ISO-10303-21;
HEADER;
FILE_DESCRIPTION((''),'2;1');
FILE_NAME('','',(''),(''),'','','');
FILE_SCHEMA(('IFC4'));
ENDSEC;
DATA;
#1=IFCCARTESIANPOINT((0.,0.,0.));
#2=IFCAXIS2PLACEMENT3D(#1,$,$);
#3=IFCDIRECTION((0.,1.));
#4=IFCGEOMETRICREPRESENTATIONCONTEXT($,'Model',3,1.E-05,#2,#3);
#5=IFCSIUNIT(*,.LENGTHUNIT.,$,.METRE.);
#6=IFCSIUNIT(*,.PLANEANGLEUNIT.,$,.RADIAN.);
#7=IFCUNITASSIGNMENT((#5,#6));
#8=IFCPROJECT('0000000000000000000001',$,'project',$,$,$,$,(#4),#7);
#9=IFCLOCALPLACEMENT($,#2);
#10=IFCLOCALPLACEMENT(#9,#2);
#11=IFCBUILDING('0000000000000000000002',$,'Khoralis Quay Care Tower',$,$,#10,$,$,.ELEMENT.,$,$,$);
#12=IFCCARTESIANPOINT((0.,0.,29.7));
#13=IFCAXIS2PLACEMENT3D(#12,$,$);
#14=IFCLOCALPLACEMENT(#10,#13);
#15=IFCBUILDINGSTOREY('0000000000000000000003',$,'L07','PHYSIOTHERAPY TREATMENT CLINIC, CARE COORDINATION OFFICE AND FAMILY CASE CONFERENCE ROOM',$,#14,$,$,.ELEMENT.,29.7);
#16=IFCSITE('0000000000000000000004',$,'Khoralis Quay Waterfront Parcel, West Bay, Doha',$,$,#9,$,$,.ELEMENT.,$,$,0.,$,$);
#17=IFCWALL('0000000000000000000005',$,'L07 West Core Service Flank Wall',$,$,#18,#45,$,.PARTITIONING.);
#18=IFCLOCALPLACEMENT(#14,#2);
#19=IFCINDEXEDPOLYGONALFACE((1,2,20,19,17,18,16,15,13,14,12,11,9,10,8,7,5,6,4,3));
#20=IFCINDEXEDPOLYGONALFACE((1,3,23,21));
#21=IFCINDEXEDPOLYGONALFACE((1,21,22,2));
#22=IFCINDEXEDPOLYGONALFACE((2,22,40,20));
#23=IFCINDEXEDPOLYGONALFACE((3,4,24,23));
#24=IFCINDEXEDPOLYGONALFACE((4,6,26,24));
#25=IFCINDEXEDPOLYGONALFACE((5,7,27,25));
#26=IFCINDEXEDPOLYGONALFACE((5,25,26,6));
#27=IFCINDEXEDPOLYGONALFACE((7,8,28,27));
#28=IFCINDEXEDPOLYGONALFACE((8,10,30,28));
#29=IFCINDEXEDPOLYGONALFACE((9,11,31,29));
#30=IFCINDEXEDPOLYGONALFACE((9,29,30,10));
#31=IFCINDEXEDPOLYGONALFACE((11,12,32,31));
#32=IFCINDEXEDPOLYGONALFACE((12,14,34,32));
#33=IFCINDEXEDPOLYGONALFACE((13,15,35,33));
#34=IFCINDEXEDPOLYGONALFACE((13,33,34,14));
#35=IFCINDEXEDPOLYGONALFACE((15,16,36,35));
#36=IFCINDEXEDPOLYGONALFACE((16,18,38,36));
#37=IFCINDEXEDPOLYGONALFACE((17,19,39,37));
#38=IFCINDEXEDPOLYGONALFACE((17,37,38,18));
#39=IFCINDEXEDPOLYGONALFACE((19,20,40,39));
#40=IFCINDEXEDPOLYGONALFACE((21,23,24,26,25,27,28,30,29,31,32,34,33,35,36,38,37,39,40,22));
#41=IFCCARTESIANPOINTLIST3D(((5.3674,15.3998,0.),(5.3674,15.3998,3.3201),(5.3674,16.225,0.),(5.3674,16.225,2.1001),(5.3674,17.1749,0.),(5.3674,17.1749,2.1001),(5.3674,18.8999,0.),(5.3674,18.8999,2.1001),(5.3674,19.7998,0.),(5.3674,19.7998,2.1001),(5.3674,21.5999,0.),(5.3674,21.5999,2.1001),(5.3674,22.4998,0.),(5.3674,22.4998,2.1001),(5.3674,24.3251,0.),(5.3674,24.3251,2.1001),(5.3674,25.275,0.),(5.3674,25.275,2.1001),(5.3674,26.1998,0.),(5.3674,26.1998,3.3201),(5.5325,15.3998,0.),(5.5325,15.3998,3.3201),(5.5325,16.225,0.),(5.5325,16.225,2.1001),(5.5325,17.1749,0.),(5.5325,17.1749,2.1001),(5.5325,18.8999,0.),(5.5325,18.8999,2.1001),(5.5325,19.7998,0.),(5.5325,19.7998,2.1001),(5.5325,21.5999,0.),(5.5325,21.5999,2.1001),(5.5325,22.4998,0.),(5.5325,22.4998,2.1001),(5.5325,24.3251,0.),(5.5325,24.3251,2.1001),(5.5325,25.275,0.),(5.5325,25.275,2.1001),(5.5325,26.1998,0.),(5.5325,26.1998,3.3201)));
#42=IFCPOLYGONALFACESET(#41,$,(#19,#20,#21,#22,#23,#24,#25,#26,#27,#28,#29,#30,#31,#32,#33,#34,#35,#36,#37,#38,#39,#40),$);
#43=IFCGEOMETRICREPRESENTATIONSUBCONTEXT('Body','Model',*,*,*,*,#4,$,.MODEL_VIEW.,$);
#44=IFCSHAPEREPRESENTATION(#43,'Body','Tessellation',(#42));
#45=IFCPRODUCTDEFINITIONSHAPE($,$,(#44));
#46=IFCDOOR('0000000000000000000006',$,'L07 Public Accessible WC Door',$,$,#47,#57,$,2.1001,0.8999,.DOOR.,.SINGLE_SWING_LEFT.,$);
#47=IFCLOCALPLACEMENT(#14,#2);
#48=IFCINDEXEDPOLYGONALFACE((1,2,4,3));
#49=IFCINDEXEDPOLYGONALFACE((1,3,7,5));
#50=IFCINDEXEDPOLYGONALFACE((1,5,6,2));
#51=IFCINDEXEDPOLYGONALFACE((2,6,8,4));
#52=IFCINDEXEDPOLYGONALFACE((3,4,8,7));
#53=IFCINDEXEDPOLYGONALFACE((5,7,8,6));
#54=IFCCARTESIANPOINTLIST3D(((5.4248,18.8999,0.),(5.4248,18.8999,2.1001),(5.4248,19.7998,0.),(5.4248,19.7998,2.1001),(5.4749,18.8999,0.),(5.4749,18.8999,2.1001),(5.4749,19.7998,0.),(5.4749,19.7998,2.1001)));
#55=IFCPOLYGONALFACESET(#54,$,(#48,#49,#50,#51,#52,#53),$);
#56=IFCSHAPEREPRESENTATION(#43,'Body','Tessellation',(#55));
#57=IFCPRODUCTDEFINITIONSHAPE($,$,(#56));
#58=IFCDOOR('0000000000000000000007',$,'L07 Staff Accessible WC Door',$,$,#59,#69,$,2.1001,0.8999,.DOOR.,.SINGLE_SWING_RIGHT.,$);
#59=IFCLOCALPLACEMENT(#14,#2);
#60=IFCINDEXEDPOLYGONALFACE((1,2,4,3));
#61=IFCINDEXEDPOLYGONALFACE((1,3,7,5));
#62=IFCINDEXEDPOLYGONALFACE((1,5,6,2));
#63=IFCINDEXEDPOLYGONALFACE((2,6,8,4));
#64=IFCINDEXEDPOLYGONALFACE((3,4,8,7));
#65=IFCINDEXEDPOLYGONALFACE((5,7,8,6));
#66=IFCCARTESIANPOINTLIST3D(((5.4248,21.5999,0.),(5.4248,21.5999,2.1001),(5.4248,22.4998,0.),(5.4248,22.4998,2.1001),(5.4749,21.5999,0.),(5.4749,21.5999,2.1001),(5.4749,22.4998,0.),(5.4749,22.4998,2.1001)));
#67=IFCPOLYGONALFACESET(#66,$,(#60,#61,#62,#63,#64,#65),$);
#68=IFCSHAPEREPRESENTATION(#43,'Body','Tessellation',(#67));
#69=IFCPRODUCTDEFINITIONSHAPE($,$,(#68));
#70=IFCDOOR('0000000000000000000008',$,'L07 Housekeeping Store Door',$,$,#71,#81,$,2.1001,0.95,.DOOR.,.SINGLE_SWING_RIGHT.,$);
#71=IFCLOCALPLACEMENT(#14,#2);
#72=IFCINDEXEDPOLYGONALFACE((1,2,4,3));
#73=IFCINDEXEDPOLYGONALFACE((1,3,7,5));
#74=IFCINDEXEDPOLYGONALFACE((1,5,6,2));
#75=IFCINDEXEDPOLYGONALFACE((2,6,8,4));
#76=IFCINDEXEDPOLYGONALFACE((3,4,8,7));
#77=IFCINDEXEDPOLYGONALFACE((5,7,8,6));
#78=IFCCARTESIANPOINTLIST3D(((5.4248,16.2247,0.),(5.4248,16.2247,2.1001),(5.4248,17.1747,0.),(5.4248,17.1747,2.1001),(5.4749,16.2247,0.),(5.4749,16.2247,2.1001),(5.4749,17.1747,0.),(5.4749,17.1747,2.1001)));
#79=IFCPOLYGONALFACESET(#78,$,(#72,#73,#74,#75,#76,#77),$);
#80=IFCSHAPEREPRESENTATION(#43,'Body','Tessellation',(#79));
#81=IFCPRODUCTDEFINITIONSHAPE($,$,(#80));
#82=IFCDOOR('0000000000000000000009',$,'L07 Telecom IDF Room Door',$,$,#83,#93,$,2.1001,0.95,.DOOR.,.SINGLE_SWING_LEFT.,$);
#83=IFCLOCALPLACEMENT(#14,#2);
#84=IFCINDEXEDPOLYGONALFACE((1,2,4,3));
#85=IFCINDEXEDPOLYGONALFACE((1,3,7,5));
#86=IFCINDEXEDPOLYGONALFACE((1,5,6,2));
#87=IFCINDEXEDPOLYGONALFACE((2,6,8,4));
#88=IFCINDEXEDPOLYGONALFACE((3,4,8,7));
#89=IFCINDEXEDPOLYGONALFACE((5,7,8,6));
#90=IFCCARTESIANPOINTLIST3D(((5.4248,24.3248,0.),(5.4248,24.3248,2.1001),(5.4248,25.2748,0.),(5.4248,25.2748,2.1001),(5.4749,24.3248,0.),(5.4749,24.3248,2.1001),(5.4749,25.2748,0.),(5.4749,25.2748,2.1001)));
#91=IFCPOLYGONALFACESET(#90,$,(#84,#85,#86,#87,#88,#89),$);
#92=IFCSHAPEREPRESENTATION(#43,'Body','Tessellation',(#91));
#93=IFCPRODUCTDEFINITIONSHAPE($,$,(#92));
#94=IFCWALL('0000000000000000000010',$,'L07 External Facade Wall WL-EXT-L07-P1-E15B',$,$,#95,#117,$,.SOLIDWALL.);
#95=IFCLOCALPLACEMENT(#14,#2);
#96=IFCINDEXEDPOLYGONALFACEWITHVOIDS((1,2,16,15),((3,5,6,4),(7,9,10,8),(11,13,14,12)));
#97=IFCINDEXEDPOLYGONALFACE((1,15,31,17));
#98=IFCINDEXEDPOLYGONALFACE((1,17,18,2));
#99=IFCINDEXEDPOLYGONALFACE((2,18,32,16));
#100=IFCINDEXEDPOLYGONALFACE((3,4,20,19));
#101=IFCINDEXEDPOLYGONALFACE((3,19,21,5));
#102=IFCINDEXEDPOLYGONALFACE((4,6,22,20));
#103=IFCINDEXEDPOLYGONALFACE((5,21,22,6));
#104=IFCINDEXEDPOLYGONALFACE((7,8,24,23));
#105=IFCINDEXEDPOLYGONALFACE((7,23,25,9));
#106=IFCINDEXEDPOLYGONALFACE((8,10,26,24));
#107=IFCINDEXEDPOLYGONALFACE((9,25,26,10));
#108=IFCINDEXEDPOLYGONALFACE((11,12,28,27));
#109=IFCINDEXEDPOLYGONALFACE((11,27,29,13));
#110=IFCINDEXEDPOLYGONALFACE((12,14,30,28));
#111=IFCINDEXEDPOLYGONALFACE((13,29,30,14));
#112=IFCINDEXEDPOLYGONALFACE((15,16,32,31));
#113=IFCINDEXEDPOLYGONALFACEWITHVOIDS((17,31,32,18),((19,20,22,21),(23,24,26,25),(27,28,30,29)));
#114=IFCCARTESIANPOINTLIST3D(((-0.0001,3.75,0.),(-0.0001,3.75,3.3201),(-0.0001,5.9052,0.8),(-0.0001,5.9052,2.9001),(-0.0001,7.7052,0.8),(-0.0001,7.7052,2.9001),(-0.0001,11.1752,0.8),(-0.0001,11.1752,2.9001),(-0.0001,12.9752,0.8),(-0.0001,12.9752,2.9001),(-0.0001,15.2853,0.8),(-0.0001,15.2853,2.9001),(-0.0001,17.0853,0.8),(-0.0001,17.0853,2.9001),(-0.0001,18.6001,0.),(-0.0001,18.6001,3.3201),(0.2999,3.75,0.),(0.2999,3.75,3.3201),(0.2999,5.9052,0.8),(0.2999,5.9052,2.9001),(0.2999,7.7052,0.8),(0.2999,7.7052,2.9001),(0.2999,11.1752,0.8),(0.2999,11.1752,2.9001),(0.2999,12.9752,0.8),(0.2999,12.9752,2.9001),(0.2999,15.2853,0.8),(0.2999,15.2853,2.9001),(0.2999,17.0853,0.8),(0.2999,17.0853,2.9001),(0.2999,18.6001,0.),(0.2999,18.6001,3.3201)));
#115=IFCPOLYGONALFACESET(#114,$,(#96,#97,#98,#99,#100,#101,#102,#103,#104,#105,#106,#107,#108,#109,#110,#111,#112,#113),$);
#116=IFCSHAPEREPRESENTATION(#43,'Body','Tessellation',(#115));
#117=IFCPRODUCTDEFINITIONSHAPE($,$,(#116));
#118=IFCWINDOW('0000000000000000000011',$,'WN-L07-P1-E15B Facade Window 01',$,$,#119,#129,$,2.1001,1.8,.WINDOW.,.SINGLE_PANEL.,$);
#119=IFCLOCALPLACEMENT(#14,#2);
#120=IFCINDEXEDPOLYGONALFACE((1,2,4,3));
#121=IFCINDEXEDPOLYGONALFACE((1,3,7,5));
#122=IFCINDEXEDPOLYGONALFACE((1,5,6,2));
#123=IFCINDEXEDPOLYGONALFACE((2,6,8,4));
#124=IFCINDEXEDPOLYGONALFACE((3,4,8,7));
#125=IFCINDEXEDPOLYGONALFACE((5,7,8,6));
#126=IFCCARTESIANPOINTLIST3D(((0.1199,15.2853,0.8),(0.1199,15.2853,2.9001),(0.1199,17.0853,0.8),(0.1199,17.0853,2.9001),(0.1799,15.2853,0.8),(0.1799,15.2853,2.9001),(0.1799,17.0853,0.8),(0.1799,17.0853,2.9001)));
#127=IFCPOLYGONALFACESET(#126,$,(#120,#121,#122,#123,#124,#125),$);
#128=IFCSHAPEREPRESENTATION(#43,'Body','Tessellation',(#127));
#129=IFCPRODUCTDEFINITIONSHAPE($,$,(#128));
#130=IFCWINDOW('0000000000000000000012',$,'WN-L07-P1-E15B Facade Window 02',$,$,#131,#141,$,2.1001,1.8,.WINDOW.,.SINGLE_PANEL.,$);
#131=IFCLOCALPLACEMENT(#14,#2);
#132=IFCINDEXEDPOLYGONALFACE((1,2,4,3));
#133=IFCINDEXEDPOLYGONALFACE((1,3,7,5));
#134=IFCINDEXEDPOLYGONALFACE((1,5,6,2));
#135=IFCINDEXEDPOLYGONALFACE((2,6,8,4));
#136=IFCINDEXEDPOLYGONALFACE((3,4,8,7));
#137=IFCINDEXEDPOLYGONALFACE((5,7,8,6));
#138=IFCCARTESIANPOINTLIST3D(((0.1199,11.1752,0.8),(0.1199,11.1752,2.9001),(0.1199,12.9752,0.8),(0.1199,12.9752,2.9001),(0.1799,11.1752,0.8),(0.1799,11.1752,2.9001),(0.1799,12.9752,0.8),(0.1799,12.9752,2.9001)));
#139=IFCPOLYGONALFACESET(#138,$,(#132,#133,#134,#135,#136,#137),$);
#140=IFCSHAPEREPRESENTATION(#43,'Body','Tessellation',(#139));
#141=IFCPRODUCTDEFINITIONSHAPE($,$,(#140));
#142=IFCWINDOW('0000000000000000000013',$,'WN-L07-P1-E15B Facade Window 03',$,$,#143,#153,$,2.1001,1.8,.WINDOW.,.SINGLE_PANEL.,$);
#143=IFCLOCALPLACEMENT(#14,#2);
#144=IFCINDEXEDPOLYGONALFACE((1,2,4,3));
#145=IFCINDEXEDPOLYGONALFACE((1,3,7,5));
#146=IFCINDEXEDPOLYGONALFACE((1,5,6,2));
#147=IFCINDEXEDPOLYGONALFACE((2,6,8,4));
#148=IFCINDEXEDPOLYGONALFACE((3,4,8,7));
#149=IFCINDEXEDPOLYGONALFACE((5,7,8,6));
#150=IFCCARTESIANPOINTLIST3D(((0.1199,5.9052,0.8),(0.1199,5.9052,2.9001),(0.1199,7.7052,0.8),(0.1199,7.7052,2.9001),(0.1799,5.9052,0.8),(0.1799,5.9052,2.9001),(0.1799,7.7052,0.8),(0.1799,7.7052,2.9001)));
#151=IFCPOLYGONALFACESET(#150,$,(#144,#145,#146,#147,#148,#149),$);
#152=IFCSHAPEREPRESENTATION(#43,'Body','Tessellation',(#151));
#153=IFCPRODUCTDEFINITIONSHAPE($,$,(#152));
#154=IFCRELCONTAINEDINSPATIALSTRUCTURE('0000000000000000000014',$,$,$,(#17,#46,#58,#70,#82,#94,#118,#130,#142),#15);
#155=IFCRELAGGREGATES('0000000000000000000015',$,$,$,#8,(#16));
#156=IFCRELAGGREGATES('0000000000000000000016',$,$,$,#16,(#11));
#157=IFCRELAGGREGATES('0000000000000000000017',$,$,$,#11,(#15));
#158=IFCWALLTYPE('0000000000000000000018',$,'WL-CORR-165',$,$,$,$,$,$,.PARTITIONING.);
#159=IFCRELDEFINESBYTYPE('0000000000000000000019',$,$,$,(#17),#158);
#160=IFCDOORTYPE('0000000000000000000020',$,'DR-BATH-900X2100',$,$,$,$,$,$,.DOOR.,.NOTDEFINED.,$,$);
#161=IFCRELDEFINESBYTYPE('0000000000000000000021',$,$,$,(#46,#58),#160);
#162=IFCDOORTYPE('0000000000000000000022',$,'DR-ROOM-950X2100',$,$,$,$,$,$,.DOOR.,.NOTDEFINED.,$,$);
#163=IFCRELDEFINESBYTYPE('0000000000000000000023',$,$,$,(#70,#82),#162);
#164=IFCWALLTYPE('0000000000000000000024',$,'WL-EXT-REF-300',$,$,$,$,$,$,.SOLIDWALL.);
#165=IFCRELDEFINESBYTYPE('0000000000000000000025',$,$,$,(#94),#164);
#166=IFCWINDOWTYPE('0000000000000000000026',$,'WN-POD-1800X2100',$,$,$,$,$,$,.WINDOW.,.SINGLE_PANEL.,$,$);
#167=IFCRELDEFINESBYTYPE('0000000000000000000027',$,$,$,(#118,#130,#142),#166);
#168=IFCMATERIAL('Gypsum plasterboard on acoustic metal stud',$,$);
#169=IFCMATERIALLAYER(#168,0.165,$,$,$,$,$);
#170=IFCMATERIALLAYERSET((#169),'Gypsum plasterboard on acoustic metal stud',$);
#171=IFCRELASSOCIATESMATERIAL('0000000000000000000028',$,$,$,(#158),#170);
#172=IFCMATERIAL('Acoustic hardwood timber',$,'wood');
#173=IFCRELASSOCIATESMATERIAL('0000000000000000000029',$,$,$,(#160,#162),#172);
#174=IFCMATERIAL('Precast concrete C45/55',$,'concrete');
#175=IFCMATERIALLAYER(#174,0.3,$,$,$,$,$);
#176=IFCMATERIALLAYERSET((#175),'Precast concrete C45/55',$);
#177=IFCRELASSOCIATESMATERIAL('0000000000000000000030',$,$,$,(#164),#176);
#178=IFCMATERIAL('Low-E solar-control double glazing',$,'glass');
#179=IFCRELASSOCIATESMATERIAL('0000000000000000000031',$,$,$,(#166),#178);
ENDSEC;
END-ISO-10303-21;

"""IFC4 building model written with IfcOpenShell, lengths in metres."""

from ifc_helpers import new_model, si_unit, direction, frame, frame_2d, origin, place, context, subcontext, project, spatial, rectangle, extrude, source, transform, mapped, material, layer, layer_set, type_object, element, fill, save


model = new_model("IFC4")

# Units and contexts
model_context = context("Model", 3, precision=1e-05, world=origin(), true_north=direction((0.0, 1.0)))
body_context = subcontext(model_context, "Body", "Model", "MODEL_VIEW")
ifc_project = project(units=[si_unit("LENGTHUNIT", "METRE"), si_unit("PLANEANGLEUNIT", "RADIAN")], contexts=[model_context])

# Site, building, storey
site_placement = place(None, origin())
site = spatial("IfcSite", under=ifc_project, at=site_placement, Name="Khoralis Quay Waterfront Parcel, West Bay, Doha", CompositionType="ELEMENT", RefElevation=0.0)
building_placement = place(site_placement, origin())
building = spatial("IfcBuilding", under=site, at=building_placement, Name="Khoralis Quay Care Tower", CompositionType="ELEMENT")
storey_placement = place(building_placement, frame((0.0, 0.0, 29.7)))
storey = spatial("IfcBuildingStorey", under=building, at=storey_placement, Name="L07", Description="PHYSIOTHERAPY TREATMENT CLINIC, CARE COORDINATION OFFICE AND FAMILY CASE CONFERENCE ROOM", CompositionType="ELEMENT", Elevation=29.7)

# Shared definitions
ifc_material_1 = material(Name="Low-E solar-control double glazing", Category="glass")

# Wall, openings, doors
ifc_material_2 = material(Name="Gypsum plasterboard on acoustic metal stud")
ifc_layer_1 = layer(ifc_material_2, 0.165)
ifc_layer_set_1 = layer_set([ifc_layer_1], Name="Gypsum plasterboard on acoustic metal stud")
wall_type_1 = type_object("IfcWallType", Name="WL-CORR-165", PredefinedType="PARTITIONING", material=ifc_layer_set_1)
wall_1_placement = place(storey_placement, frame((5.45, 15.3999, 0.0), z_axis=(0.0, 0.0, 1.0), x_axis=(0.0, 1.0, 0.0)))
wall_1 = element("IfcWall", 1, at=wall_1_placement, inside=storey, type_object=wall_type_1, Name="L07 West Core Service Flank Wall", PredefinedType="PARTITIONING", context=body_context, shape_type="SweptSolid", body=[
    extrude(rectangle(XDim=10.8, YDim=0.165, at=frame_2d((5.3999, 0.0))), origin(), (0.0, 0.0, 1.0), 3.3201),
])
opening_1_placement = place(wall_1_placement, frame((0.825, 0.0, 0.0)))
opening_1 = element("IfcOpeningElement", 2, at=opening_1_placement, cuts=wall_1, PredefinedType="OPENING", context=body_context, shape_type="SweptSolid", body=[
    extrude(rectangle(XDim=0.95, YDim=2.1001, at=frame_2d((0.4751, 1.05))), frame((0.0, 0.0925, 0.0), z_axis=(0.0, -1.0, 0.0), x_axis=(1.0, 0.0, 0.0)), (0.0, 0.0, 1.0), 0.1851),
])
opening_2_placement = place(wall_1_placement, frame((3.5, 0.0, 0.0)))
opening_2 = element("IfcOpeningElement", 3, at=opening_2_placement, cuts=wall_1, PredefinedType="OPENING", context=body_context, shape_type="SweptSolid", body=[
    extrude(rectangle(XDim=0.8999, YDim=2.1001, at=frame_2d((0.45, 1.05))), frame((0.0, 0.0925, 0.0), z_axis=(0.0, -1.0, 0.0), x_axis=(1.0, 0.0, 0.0)), (0.0, 0.0, 1.0), 0.1851),
])
opening_3_placement = place(wall_1_placement, frame((6.2, 0.0, 0.0)))
opening_3 = element("IfcOpeningElement", 4, at=opening_3_placement, cuts=wall_1, PredefinedType="OPENING", context=body_context, shape_type="SweptSolid", body=[
    extrude(rectangle(XDim=0.8999, YDim=2.1001, at=frame_2d((0.45, 1.05))), frame((0.0, 0.0925, 0.0), z_axis=(0.0, -1.0, 0.0), x_axis=(1.0, 0.0, 0.0)), (0.0, 0.0, 1.0), 0.1851),
])
opening_4_placement = place(wall_1_placement, frame((8.925, 0.0, 0.0)))
opening_4 = element("IfcOpeningElement", 5, at=opening_4_placement, cuts=wall_1, PredefinedType="OPENING", context=body_context, shape_type="SweptSolid", body=[
    extrude(rectangle(XDim=0.95, YDim=2.1001, at=frame_2d((0.4751, 1.05))), frame((0.0, 0.0925, 0.0), z_axis=(0.0, -1.0, 0.0), x_axis=(1.0, 0.0, 0.0)), (0.0, 0.0, 1.0), 0.1851),
])
ifc_material_3 = material(Name="Acoustic hardwood timber", Category="wood")
door_type_1 = type_object("IfcDoorType", Name="DR-BATH-900X2100", OperationType="NOTDEFINED", PredefinedType="DOOR", material=ifc_material_3)
shared_shape_1 = source(origin(), body_context, "Body", "SweptSolid", [
    extrude(rectangle(XDim=0.8999, YDim=2.1001, at=frame_2d((0.45, 1.05))), frame((0.0, 0.0249, 0.0), z_axis=(0.0, -1.0, 0.0), x_axis=(1.0, 0.0, 0.0)), (0.0, 0.0, 1.0), 0.05),
])
door_1_placement = place(opening_2_placement, frame((0.8999, 0.0, 0.0), z_axis=(0.0, 0.0, 1.0), x_axis=(-1.0, 0.0, 0.0)))
door_1 = element("IfcDoor", 6, at=door_1_placement, inside=storey, type_object=door_type_1, Name="L07 Public Accessible WC Door", OperationType="SINGLE_SWING_LEFT", OverallHeight=2.1001, OverallWidth=0.8999, PredefinedType="DOOR", context=body_context, shape_type="MappedRepresentation", body=[
    mapped(shared_shape_1, transform((0.0, 0.0, 0.0), scale=1.0)),
])
fill(opening_2, door_1)
door_2_placement = place(opening_3_placement, frame((0.8999, 0.0, 0.0), z_axis=(0.0, 0.0, 1.0), x_axis=(-1.0, 0.0, 0.0)))
door_2 = element("IfcDoor", 7, at=door_2_placement, inside=storey, type_object=door_type_1, Name="L07 Staff Accessible WC Door", OperationType="SINGLE_SWING_RIGHT", OverallHeight=2.1001, OverallWidth=0.8999, PredefinedType="DOOR", context=body_context, shape_type="MappedRepresentation", body=[
    mapped(shared_shape_1, transform((0.0, 0.0, 0.0), scale=1.0)),
])
fill(opening_3, door_2)
door_type_2 = type_object("IfcDoorType", Name="DR-ROOM-950X2100", OperationType="NOTDEFINED", PredefinedType="DOOR", material=ifc_material_3)
shared_shape_2 = source(origin(), body_context, "Body", "SweptSolid", [
    extrude(rectangle(XDim=0.95, YDim=2.1001, at=frame_2d((0.4751, 1.05))), frame((0.0, 0.0249, 0.0), z_axis=(0.0, -1.0, 0.0), x_axis=(1.0, 0.0, 0.0)), (0.0, 0.0, 1.0), 0.05),
])
door_3_placement = place(opening_1_placement, frame((0.95, 0.0, 0.0), z_axis=(0.0, 0.0, 1.0), x_axis=(-1.0, 0.0, 0.0)))
door_3 = element("IfcDoor", 8, at=door_3_placement, inside=storey, type_object=door_type_2, Name="L07 Housekeeping Store Door", OperationType="SINGLE_SWING_RIGHT", OverallHeight=2.1001, OverallWidth=0.95, PredefinedType="DOOR", context=body_context, shape_type="MappedRepresentation", body=[
    mapped(shared_shape_2, transform((0.0, 0.0, 0.0), scale=1.0)),
])
fill(opening_1, door_3)
door_4_placement = place(opening_4_placement, frame((0.95, 0.0, 0.0), z_axis=(0.0, 0.0, 1.0), x_axis=(-1.0, 0.0, 0.0)))
door_4 = element("IfcDoor", 9, at=door_4_placement, inside=storey, type_object=door_type_2, Name="L07 Telecom IDF Room Door", OperationType="SINGLE_SWING_LEFT", OverallHeight=2.1001, OverallWidth=0.95, PredefinedType="DOOR", context=body_context, shape_type="MappedRepresentation", body=[
    mapped(shared_shape_2, transform((0.0, 0.0, 0.0), scale=1.0)),
])
fill(opening_4, door_4)

# Wall, openings, windows
ifc_material_4 = material(Name="Precast concrete C45/55", Category="concrete")
ifc_layer_2 = layer(ifc_material_4, 0.3)
ifc_layer_set_2 = layer_set([ifc_layer_2], Name="Precast concrete C45/55")
wall_type_2 = type_object("IfcWallType", Name="WL-EXT-REF-300", PredefinedType="SOLIDWALL", material=ifc_layer_set_2)
wall_2_placement = place(storey_placement, frame((0.1499, 18.6001, 0.0), z_axis=(0.0, 0.0, 1.0), x_axis=(0.0, -1.0, 0.0)))
wall_2 = element("IfcWall", 10, at=wall_2_placement, inside=storey, type_object=wall_type_2, Name="L07 External Facade Wall WL-EXT-L07-P1-E15B", PredefinedType="SOLIDWALL", context=body_context, shape_type="SweptSolid", body=[
    extrude(rectangle(XDim=14.8501, YDim=0.3, at=frame_2d((7.425, 0.0))), origin(), (0.0, 0.0, 1.0), 3.3201),
])
opening_5_placement = place(wall_2_placement, frame((1.5149, 0.0, 0.8)))
opening_5 = element("IfcOpeningElement", 11, at=opening_5_placement, cuts=wall_2, PredefinedType="OPENING", context=body_context, shape_type="SweptSolid", body=[
    extrude(rectangle(XDim=1.8, YDim=2.1001, at=frame_2d((0.8999, 1.05))), frame((0.0, 0.1602, 0.0), z_axis=(0.0, -1.0, 0.0), x_axis=(1.0, 0.0, 0.0)), (0.0, 0.0, 1.0), 0.3201),
])
opening_6_placement = place(wall_2_placement, frame((5.625, 0.0, 0.8)))
opening_6 = element("IfcOpeningElement", 12, at=opening_6_placement, cuts=wall_2, PredefinedType="OPENING", context=body_context, shape_type="SweptSolid", body=[
    extrude(rectangle(XDim=1.8, YDim=2.1001, at=frame_2d((0.8999, 1.05))), frame((0.0, 0.1602, 0.0), z_axis=(0.0, -1.0, 0.0), x_axis=(1.0, 0.0, 0.0)), (0.0, 0.0, 1.0), 0.3201),
])
opening_7_placement = place(wall_2_placement, frame((10.895, 0.0, 0.8)))
opening_7 = element("IfcOpeningElement", 13, at=opening_7_placement, cuts=wall_2, PredefinedType="OPENING", context=body_context, shape_type="SweptSolid", body=[
    extrude(rectangle(XDim=1.8, YDim=2.1001, at=frame_2d((0.8999, 1.05))), frame((0.0, 0.1602, 0.0), z_axis=(0.0, -1.0, 0.0), x_axis=(1.0, 0.0, 0.0)), (0.0, 0.0, 1.0), 0.3201),
])
window_type = type_object("IfcWindowType", Name="WN-POD-1800X2100", PartitioningType="SINGLE_PANEL", PredefinedType="WINDOW", material=ifc_material_1)
shared_shape_3 = source(origin(), body_context, "Body", "SweptSolid", [
    extrude(rectangle(XDim=1.8, YDim=2.1001, at=frame_2d((0.8999, 1.05))), frame((0.0, 0.03, 0.0), z_axis=(0.0, -1.0, 0.0), x_axis=(1.0, 0.0, 0.0)), (0.0, 0.0, 1.0), 0.0601),
])
window_1_placement = place(opening_5_placement, origin())
window_1 = element("IfcWindow", 14, at=window_1_placement, inside=storey, type_object=window_type, Name="WN-L07-P1-E15B Facade Window 01", OverallHeight=2.1001, OverallWidth=1.8, PartitioningType="SINGLE_PANEL", PredefinedType="WINDOW", context=body_context, shape_type="MappedRepresentation", body=[
    mapped(shared_shape_3, transform((0.0, 0.0, 0.0), scale=1.0)),
])
fill(opening_5, window_1)
window_2_placement = place(opening_6_placement, origin())
window_2 = element("IfcWindow", 15, at=window_2_placement, inside=storey, type_object=window_type, Name="WN-L07-P1-E15B Facade Window 02", OverallHeight=2.1001, OverallWidth=1.8, PartitioningType="SINGLE_PANEL", PredefinedType="WINDOW", context=body_context, shape_type="MappedRepresentation", body=[
    mapped(shared_shape_3, transform((0.0, 0.0, 0.0), scale=1.0)),
])
fill(opening_6, window_2)
window_3_placement = place(opening_7_placement, origin())
window_3 = element("IfcWindow", 16, at=window_3_placement, inside=storey, type_object=window_type, Name="WN-L07-P1-E15B Facade Window 03", OverallHeight=2.1001, OverallWidth=1.8, PartitioningType="SINGLE_PANEL", PredefinedType="WINDOW", context=body_context, shape_type="MappedRepresentation", body=[
    mapped(shared_shape_3, transform((0.0, 0.0, 0.0), scale=1.0)),
])
fill(opening_7, window_3)

save(model, "model.ifc")
